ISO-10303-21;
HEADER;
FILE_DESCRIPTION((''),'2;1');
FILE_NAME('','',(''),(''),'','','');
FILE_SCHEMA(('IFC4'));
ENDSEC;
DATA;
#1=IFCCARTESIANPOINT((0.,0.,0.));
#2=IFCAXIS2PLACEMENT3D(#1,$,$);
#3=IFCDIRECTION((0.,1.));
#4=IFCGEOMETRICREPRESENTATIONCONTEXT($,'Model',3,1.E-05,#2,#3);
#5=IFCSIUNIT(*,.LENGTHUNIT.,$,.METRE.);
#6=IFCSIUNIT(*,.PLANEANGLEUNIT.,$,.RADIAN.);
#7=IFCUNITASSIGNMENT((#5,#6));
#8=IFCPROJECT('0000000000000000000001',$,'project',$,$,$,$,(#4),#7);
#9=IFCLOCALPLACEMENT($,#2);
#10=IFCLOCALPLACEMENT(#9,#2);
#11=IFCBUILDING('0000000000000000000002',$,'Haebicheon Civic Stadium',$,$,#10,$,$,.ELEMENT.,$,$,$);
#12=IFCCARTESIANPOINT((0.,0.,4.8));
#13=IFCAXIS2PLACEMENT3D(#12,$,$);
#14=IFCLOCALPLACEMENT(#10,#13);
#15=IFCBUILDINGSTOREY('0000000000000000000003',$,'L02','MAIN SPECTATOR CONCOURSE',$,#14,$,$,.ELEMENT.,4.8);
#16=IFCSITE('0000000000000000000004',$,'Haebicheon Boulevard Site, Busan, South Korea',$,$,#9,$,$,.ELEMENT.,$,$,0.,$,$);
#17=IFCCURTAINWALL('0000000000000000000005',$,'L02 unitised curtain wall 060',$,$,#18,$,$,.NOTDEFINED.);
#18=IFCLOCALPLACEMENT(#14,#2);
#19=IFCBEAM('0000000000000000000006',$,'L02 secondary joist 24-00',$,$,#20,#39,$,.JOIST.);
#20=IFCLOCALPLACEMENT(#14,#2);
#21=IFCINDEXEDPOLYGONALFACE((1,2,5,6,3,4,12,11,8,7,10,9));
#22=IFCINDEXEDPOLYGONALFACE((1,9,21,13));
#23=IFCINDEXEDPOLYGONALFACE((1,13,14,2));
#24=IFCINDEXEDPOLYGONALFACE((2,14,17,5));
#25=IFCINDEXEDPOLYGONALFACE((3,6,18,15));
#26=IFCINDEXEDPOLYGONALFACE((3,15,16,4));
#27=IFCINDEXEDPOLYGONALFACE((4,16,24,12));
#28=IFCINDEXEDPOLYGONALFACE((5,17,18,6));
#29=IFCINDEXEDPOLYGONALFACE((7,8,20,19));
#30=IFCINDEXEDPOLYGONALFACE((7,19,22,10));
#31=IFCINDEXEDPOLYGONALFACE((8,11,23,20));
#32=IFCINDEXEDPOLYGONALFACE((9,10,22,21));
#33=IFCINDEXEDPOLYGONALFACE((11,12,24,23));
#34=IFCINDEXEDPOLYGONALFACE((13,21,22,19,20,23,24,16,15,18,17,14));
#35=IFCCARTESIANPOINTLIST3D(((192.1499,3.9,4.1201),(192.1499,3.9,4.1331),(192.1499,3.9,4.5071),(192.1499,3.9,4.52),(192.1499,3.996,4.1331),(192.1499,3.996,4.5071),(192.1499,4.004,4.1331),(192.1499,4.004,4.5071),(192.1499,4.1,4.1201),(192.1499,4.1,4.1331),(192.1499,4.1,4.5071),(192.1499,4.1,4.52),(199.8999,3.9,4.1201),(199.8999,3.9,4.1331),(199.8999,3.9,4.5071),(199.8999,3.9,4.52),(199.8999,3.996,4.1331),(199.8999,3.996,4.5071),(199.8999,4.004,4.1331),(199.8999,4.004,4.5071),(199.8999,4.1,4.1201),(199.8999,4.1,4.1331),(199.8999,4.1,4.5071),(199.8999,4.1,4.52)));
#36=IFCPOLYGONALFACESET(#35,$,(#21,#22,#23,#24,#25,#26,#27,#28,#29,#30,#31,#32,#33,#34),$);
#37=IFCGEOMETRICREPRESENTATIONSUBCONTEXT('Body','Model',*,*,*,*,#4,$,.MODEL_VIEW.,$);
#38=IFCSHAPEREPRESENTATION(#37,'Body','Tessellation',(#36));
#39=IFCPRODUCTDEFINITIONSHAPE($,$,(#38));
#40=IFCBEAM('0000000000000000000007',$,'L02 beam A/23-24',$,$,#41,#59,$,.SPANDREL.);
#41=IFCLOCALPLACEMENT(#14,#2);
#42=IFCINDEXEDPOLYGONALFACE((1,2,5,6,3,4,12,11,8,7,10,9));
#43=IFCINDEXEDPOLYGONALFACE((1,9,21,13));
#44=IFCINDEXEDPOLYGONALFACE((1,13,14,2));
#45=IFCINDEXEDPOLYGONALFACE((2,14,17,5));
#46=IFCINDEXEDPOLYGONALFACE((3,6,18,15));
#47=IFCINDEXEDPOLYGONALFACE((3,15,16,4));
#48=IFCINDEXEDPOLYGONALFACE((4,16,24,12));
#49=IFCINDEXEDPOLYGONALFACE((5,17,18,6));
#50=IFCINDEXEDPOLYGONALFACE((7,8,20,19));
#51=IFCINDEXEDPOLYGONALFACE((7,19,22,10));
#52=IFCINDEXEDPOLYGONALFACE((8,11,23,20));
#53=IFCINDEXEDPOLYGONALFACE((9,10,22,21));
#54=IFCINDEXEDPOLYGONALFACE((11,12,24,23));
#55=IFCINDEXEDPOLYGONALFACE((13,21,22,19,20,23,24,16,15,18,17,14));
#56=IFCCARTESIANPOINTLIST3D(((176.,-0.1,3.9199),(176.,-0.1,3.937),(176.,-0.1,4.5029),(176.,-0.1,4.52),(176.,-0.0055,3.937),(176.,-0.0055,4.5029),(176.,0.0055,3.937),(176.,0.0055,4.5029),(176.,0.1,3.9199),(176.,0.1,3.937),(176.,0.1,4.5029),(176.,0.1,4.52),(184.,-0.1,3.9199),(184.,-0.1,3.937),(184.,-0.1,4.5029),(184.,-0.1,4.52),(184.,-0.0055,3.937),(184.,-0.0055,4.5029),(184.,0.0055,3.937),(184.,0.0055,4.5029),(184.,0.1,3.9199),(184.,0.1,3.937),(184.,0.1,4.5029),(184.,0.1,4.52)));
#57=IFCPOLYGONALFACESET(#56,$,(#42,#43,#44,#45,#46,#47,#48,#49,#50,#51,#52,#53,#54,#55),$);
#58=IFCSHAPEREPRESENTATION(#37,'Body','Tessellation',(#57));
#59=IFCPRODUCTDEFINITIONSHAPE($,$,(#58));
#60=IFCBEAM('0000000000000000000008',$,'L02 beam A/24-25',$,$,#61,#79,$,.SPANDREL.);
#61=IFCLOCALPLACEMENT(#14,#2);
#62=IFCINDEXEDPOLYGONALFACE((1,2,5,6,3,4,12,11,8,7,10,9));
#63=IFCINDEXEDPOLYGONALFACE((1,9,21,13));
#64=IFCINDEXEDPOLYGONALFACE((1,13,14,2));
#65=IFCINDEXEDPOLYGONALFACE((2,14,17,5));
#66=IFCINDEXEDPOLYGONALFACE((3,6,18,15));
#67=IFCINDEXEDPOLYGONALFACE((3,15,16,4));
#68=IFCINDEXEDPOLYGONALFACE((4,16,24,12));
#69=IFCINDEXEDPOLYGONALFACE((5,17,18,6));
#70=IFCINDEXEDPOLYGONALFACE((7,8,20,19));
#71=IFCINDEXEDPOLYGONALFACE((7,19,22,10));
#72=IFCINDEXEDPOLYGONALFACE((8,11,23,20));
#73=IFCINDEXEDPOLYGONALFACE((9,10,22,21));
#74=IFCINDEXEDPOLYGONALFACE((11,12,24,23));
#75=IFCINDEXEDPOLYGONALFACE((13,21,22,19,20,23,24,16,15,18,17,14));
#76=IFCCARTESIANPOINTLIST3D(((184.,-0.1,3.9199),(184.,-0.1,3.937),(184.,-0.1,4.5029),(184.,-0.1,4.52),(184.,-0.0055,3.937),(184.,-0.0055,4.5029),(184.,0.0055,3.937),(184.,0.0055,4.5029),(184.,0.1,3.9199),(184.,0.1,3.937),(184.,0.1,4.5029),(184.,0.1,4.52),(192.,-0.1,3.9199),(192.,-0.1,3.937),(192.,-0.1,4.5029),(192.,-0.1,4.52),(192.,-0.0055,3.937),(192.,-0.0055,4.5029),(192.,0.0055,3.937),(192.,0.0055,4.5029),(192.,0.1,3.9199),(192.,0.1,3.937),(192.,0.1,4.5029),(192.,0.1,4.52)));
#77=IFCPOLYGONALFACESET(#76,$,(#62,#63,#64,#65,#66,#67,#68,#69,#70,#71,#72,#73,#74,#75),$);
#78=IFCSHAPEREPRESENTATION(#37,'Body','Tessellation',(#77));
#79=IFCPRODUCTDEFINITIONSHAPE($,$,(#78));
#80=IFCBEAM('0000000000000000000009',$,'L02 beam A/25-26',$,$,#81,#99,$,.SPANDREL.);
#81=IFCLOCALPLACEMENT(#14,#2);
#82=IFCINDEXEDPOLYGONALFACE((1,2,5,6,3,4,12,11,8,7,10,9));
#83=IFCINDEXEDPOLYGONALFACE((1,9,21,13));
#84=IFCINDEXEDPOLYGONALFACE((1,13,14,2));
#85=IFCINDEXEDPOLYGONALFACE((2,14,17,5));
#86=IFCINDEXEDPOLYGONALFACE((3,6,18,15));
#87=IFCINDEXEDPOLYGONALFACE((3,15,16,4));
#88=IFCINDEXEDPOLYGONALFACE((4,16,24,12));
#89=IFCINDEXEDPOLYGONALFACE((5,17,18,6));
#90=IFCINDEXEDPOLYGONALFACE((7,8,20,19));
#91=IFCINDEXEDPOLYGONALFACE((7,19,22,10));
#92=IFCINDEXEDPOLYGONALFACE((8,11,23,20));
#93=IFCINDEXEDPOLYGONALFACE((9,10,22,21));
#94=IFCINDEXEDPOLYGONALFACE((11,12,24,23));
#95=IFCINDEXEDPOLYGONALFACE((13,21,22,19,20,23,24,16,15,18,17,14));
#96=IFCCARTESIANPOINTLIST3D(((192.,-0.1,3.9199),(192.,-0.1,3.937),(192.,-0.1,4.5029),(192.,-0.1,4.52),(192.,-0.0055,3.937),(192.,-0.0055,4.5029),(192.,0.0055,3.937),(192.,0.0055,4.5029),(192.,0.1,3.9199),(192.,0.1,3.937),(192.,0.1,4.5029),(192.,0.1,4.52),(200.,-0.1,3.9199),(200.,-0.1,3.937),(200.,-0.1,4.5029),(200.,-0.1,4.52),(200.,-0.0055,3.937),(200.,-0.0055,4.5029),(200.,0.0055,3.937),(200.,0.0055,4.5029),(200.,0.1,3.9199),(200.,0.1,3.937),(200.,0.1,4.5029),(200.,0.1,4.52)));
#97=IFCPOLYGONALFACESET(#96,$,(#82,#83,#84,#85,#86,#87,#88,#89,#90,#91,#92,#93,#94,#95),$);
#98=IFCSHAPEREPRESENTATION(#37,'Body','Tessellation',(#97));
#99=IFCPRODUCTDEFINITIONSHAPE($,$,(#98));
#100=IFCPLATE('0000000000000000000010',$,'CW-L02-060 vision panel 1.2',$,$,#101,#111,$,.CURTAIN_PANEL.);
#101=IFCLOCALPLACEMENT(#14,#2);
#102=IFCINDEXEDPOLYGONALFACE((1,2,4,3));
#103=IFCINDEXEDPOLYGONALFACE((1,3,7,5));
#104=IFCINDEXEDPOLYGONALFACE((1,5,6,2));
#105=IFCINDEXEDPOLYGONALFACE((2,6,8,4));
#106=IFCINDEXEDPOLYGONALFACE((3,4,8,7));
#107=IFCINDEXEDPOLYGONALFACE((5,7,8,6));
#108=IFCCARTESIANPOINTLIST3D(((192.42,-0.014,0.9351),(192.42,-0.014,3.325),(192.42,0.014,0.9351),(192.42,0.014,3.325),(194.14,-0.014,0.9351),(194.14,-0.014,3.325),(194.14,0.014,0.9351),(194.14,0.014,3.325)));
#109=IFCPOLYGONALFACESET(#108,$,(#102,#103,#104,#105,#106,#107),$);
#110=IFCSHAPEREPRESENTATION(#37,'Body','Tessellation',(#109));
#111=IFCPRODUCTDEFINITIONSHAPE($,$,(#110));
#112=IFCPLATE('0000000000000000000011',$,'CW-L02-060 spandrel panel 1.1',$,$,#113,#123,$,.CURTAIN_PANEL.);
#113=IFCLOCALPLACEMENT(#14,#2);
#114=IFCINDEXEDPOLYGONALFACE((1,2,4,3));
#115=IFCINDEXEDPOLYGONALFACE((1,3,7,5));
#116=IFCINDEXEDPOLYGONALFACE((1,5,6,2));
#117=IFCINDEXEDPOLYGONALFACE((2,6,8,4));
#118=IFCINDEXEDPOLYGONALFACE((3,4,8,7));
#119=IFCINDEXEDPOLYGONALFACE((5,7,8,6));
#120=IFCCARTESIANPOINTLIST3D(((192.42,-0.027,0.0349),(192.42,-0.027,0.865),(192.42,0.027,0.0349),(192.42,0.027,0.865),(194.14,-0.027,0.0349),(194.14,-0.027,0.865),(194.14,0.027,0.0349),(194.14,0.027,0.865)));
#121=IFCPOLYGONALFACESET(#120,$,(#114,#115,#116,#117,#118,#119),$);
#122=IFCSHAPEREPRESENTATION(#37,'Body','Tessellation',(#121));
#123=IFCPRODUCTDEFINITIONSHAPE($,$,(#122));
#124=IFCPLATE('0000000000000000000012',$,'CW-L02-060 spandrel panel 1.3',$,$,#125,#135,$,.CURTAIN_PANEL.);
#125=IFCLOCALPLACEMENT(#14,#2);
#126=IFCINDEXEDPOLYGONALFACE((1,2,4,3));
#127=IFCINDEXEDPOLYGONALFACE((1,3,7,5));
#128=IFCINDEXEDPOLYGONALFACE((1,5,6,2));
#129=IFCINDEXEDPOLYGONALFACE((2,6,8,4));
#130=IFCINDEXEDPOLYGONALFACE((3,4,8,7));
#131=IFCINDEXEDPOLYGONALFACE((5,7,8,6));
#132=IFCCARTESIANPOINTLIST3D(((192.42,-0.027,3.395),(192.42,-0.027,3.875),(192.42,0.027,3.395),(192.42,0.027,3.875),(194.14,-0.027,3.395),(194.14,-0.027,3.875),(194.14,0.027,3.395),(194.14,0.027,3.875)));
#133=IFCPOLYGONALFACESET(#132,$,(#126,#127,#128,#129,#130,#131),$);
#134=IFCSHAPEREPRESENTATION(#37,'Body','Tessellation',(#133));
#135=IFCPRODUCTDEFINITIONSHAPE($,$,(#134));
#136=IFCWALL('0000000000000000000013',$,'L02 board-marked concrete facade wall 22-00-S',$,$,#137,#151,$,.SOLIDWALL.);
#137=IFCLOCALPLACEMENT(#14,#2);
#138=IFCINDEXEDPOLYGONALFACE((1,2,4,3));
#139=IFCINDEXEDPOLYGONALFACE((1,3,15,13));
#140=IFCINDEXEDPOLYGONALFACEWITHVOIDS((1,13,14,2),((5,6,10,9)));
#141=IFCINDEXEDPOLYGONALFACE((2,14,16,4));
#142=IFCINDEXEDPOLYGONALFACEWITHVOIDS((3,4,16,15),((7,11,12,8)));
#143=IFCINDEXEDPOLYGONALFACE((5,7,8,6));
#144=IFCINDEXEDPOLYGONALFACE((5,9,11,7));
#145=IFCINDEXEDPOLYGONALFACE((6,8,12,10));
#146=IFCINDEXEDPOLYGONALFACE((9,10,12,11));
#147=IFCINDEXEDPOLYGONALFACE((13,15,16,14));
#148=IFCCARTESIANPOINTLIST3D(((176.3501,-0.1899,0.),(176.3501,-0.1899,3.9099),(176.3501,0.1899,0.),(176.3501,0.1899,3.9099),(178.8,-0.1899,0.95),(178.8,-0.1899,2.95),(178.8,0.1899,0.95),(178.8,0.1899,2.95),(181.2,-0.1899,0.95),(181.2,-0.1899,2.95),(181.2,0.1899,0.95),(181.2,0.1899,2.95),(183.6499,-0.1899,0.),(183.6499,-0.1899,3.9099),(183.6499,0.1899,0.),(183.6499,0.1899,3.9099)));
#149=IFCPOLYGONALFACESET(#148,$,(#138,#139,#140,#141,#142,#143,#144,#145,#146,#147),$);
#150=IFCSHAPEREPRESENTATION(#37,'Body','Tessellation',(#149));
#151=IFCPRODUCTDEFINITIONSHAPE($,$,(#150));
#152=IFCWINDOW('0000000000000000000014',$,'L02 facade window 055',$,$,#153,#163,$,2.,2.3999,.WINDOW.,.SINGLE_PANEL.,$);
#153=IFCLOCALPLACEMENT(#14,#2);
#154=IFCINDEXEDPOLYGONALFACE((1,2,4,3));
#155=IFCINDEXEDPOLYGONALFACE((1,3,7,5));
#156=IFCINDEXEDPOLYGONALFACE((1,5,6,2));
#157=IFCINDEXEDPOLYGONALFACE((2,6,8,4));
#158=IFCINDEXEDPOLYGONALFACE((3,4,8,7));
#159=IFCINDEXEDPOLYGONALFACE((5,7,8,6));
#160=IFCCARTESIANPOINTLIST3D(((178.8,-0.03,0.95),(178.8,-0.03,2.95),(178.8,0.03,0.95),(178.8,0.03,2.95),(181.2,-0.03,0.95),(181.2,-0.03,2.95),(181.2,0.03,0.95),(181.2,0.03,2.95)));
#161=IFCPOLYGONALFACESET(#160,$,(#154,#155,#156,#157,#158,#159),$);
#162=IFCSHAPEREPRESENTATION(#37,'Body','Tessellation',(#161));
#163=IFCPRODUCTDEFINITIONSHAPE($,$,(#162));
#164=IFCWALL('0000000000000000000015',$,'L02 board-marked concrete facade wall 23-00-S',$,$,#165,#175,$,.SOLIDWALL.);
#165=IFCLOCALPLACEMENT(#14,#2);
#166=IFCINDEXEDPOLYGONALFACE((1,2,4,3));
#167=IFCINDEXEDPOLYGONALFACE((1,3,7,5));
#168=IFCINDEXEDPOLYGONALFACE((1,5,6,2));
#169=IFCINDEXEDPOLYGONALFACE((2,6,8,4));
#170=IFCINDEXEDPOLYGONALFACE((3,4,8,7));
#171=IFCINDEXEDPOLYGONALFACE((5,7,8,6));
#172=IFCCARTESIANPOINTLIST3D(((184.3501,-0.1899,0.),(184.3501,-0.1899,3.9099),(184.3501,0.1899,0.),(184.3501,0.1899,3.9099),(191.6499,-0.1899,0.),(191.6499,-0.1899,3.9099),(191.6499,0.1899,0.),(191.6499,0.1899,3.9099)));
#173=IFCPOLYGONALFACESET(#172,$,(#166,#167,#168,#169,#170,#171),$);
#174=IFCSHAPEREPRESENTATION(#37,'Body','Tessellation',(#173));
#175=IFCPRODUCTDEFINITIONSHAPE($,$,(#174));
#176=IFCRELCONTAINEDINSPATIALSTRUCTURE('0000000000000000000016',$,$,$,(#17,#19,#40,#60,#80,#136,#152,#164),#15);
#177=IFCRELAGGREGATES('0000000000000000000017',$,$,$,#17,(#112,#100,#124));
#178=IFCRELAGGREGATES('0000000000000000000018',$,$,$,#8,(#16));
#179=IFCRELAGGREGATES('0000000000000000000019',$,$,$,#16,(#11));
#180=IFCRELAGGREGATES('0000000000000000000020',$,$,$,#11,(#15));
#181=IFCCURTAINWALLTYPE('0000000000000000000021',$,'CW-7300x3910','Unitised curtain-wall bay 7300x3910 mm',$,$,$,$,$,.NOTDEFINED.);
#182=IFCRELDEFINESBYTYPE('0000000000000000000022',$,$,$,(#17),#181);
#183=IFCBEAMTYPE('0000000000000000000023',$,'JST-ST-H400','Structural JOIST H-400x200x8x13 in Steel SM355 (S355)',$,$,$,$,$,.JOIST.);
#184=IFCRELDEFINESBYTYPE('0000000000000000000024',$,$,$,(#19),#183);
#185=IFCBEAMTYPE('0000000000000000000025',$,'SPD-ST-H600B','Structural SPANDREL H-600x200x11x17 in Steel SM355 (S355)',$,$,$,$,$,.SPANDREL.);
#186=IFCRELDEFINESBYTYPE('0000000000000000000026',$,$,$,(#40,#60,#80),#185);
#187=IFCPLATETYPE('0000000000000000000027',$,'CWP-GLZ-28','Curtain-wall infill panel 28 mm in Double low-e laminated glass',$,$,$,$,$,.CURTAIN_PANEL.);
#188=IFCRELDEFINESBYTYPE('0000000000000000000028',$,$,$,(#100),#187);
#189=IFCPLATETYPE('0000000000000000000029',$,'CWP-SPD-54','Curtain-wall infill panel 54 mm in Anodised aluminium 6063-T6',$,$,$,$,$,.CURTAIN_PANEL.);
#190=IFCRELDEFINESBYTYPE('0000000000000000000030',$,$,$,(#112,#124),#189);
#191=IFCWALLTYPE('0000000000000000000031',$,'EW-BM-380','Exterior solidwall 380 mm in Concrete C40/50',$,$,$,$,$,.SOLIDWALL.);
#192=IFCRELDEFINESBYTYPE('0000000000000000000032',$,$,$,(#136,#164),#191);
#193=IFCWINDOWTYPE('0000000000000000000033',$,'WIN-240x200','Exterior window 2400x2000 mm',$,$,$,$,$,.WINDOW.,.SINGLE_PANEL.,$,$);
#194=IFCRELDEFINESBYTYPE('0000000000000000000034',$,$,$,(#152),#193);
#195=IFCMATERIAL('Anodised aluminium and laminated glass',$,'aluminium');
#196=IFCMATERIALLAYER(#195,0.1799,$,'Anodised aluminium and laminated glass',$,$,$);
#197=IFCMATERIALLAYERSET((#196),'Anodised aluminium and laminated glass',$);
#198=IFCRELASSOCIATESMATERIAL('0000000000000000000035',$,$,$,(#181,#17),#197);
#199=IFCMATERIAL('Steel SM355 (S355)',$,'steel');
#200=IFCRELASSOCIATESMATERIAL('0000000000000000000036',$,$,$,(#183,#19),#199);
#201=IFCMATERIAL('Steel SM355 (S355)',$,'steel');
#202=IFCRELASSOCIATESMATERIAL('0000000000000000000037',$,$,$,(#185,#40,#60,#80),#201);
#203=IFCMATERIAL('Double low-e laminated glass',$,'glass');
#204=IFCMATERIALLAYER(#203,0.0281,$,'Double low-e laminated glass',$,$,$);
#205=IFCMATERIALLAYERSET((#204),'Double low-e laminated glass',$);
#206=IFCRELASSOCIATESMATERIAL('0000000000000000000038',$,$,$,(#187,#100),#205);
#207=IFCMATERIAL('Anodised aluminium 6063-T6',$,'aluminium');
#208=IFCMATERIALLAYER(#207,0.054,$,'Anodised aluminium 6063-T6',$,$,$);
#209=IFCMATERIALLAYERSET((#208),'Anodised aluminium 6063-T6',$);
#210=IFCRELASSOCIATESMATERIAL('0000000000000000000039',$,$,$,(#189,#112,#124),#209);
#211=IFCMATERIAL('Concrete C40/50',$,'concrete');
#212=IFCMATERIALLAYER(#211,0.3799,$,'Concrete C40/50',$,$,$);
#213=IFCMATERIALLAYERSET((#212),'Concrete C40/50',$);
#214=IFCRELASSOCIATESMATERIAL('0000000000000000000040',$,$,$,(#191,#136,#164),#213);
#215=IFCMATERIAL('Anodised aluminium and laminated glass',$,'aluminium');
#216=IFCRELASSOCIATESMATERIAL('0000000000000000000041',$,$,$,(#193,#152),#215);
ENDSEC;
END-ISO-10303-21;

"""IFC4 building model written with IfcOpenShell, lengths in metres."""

from ifc_helpers import new_model, si_unit, direction, frame, frame_2d, origin, origin_2d, place, context, subcontext, project, spatial, rectangle, i_section, extrude, material, layer, layer_set, material_profile, profile_set, type_object, element, fill, aggregate, save


model = new_model("IFC4")

# Units and contexts
model_context = context("Model", 3, precision=1e-05, world=origin(), true_north=direction((0.0, 1.0)))
body_context = subcontext(model_context, "Body", "Model", "MODEL_VIEW")
ifc_project = project(units=[si_unit("LENGTHUNIT", "METRE"), si_unit("PLANEANGLEUNIT", "RADIAN")], contexts=[model_context])

# Site, building, storey
site_placement = place(None, origin())
site = spatial("IfcSite", under=ifc_project, at=site_placement, Name="Haebicheon Boulevard Site, Busan, South Korea", CompositionType="ELEMENT", RefElevation=0.0)
building_placement = place(site_placement, origin())
building = spatial("IfcBuilding", under=site, at=building_placement, Name="Haebicheon Civic Stadium", CompositionType="ELEMENT")
storey_placement = place(building_placement, frame((0.0, 0.0, 4.8)))
storey = spatial("IfcBuildingStorey", under=building, at=storey_placement, Name="L02", Description="MAIN SPECTATOR CONCOURSE", CompositionType="ELEMENT", Elevation=4.8)

# Curtain wall
ifc_material_1 = material(Name="Anodised aluminium and laminated glass", Category="aluminium")
ifc_layer_1 = layer(ifc_material_1, 0.1799, Name="Anodised aluminium and laminated glass")
ifc_layer_set_1 = layer_set([ifc_layer_1], Name="Anodised aluminium and laminated glass")
curtain_wall_type = type_object("IfcCurtainWallType", Name="CW-7300x3910", Description="Unitised curtain-wall bay 7300x3910 mm", PredefinedType="NOTDEFINED", material=ifc_layer_set_1)
curtain_wall_placement = place(storey_placement, origin())
curtain_wall = element("IfcCurtainWall", 1, at=curtain_wall_placement, inside=storey, type_object=curtain_wall_type, material=ifc_layer_set_1, Name="L02 unitised curtain wall 060", PredefinedType="NOTDEFINED")

# Beams
ifc_material_2 = material(Name="Steel SM355 (S355)", Category="steel")
ifc_material_profile_1 = material_profile(ifc_material_2, i_section(OverallWidth=0.2, OverallDepth=0.3999, WebThickness=0.0081, FlangeThickness=0.0129, at=origin_2d()), Name="H-400x200x8x13")
ifc_profile_set_1 = profile_set([ifc_material_profile_1], Name="Steel SM355 (S355)")
beam_type_1 = type_object("IfcBeamType", Name="JST-ST-H400", Description="Structural JOIST H-400x200x8x13 in Steel SM355 (S355)", PredefinedType="JOIST", material=ifc_profile_set_1)
beam_1_placement = place(storey_placement, frame((192.1499, 4.0, 4.3201), z_axis=(1.0, 0.0, 0.0), x_axis=(0.0, 1.0, 0.0)))
element("IfcBeam", 2, at=beam_1_placement, inside=storey, type_object=beam_type_1, material=ifc_profile_set_1, Name="L02 secondary joist 24-00", PredefinedType="JOIST", context=body_context, shape_type="SweptSolid", body=[
    extrude(i_section(OverallWidth=0.2, OverallDepth=0.3999, WebThickness=0.0081, FlangeThickness=0.0129, at=origin_2d()), origin(), (0.0, 0.0, 1.0), 7.75),
])
ifc_material_3 = material(Name="Steel SM355 (S355)", Category="steel")
ifc_material_profile_2 = material_profile(ifc_material_3, i_section(OverallWidth=0.2, OverallDepth=0.6001, WebThickness=0.011, FlangeThickness=0.0171, at=origin_2d()), Name="H-600x200x11x17")
ifc_profile_set_2 = profile_set([ifc_material_profile_2], Name="Steel SM355 (S355)")
beam_type_2 = type_object("IfcBeamType", Name="SPD-ST-H600B", Description="Structural SPANDREL H-600x200x11x17 in Steel SM355 (S355)", PredefinedType="SPANDREL", material=ifc_profile_set_2)
for number, where, z_axis, x_axis, name in (
    (3, (176.0, 0.0, 4.22), (1.0, 0.0, 0.0), (0.0, 1.0, 0.0), "L02 beam A/23-24"),
    (4, (184.0, 0.0, 4.22), (1.0, 0.0, 0.0), (0.0, 1.0, 0.0), "L02 beam A/24-25"),
    (5, (192.0, 0.0, 4.22), (1.0, 0.0, 0.0), (0.0, 1.0, 0.0), "L02 beam A/25-26"),
):
    element("IfcBeam", number, at=place(storey_placement, frame(where, z_axis=z_axis, x_axis=x_axis)), inside=storey, type_object=beam_type_2, material=ifc_profile_set_2, Name=name, PredefinedType="SPANDREL", context=body_context, shape_type="SweptSolid", body=[
        extrude(i_section(OverallWidth=0.2, OverallDepth=0.6001, WebThickness=0.011, FlangeThickness=0.0171, at=origin_2d()), origin(), (0.0, 0.0, 1.0), 8.0),
    ])

# Plates
ifc_material_4 = material(Name="Double low-e laminated glass", Category="glass")
ifc_layer_2 = layer(ifc_material_4, 0.0281, Name="Double low-e laminated glass")
ifc_layer_set_2 = layer_set([ifc_layer_2], Name="Double low-e laminated glass")
plate_type_1 = type_object("IfcPlateType", Name="CWP-GLZ-28", Description="Curtain-wall infill panel 28 mm in Double low-e laminated glass", PredefinedType="CURTAIN_PANEL", material=ifc_layer_set_2)
plate_1_placement = place(storey_placement, frame((193.28, 0.0, 0.9351), z_axis=(0.0, 0.0, 1.0), x_axis=(1.0, 0.0, 0.0)))
plate_1 = element("IfcPlate", 6, at=plate_1_placement, type_object=plate_type_1, material=ifc_layer_set_2, Name="CW-L02-060 vision panel 1.2", PredefinedType="CURTAIN_PANEL", context=body_context, shape_type="SweptSolid", body=[
    extrude(rectangle(XDim=1.72, YDim=0.0281, at=origin_2d()), origin(), (0.0, 0.0, 1.0), 2.3899),
])
ifc_material_5 = material(Name="Anodised aluminium 6063-T6", Category="aluminium")
ifc_layer_3 = layer(ifc_material_5, 0.054, Name="Anodised aluminium 6063-T6")
ifc_layer_set_3 = layer_set([ifc_layer_3], Name="Anodised aluminium 6063-T6")
plate_type_2 = type_object("IfcPlateType", Name="CWP-SPD-54", Description="Curtain-wall infill panel 54 mm in Anodised aluminium 6063-T6", PredefinedType="CURTAIN_PANEL", material=ifc_layer_set_3)
plate_2_placement = place(storey_placement, frame((193.28, 0.0, 0.0349), z_axis=(0.0, 0.0, 1.0), x_axis=(1.0, 0.0, 0.0)))
plate_2 = element("IfcPlate", 7, at=plate_2_placement, type_object=plate_type_2, material=ifc_layer_set_3, Name="CW-L02-060 spandrel panel 1.1", PredefinedType="CURTAIN_PANEL", context=body_context, shape_type="SweptSolid", body=[
    extrude(rectangle(XDim=1.72, YDim=0.054, at=origin_2d()), origin(), (0.0, 0.0, 1.0), 0.8301),
])
plate_3_placement = place(storey_placement, frame((193.28, 0.0, 3.395), z_axis=(0.0, 0.0, 1.0), x_axis=(1.0, 0.0, 0.0)))
plate_3 = element("IfcPlate", 8, at=plate_3_placement, type_object=plate_type_2, material=ifc_layer_set_3, Name="CW-L02-060 spandrel panel 1.3", PredefinedType="CURTAIN_PANEL", context=body_context, shape_type="SweptSolid", body=[
    extrude(rectangle(XDim=1.72, YDim=0.054, at=origin_2d()), origin(), (0.0, 0.0, 1.0), 0.48),
])
aggregate(curtain_wall, [plate_2, plate_1, plate_3])

# Wall, opening, window
ifc_material_6 = material(Name="Concrete C40/50", Category="concrete")
ifc_layer_4 = layer(ifc_material_6, 0.3799, Name="Concrete C40/50")
ifc_layer_set_4 = layer_set([ifc_layer_4], Name="Concrete C40/50")
wall_type_1 = type_object("IfcWallType", Name="EW-BM-380", Description="Exterior solidwall 380 mm in Concrete C40/50", PredefinedType="SOLIDWALL", material=ifc_layer_set_4)
wall_1_placement = place(storey_placement, frame((176.3501, 0.0, 0.0), z_axis=(0.0, 0.0, 1.0), x_axis=(1.0, 0.0, 0.0)))
wall_1 = element("IfcWall", 9, at=wall_1_placement, inside=storey, type_object=wall_type_1, material=ifc_layer_set_4, Name="L02 board-marked concrete facade wall 22-00-S", PredefinedType="SOLIDWALL", context=body_context, shape_type="SweptSolid", body=[
    extrude(rectangle(XDim=7.2998, YDim=0.3799, at=frame_2d((3.6499, 0.0))), origin(), (0.0, 0.0, 1.0), 3.9099),
])
opening_1_placement = place(wall_1_placement, frame((2.45, 0.0, 0.95)))
opening_1 = element("IfcOpeningElement", 10, at=opening_1_placement, cuts=wall_1, PredefinedType="OPENING", context=body_context, shape_type="SweptSolid", body=[
    extrude(rectangle(XDim=2.3999, YDim=2.0, at=frame_2d((1.2, 1.0))), frame((0.0, 0.2, 0.0), z_axis=(0.0, -1.0, 0.0), x_axis=(1.0, 0.0, 0.0)), (0.0, 0.0, 1.0), 0.3999),
])
ifc_material_7 = material(Name="Anodised aluminium and laminated glass", Category="aluminium")
window_type = type_object("IfcWindowType", Name="WIN-240x200", Description="Exterior window 2400x2000 mm", PartitioningType="SINGLE_PANEL", PredefinedType="WINDOW", material=ifc_material_7)
window_placement = place(opening_1_placement, origin())
window = element("IfcWindow", 11, at=window_placement, inside=storey, type_object=window_type, material=ifc_material_7, Name="L02 facade window 055", OverallHeight=2.0, OverallWidth=2.3999, PartitioningType="SINGLE_PANEL", PredefinedType="WINDOW", context=body_context, shape_type="SweptSolid", body=[
    extrude(rectangle(XDim=2.3999, YDim=2.0, at=frame_2d((1.2, 1.0))), frame((0.0, 0.03, 0.0), z_axis=(0.0, -1.0, 0.0), x_axis=(1.0, 0.0, 0.0)), (0.0, 0.0, 1.0), 0.0601),
])
fill(opening_1, window)

# Wall
wall_2_placement = place(storey_placement, frame((184.3501, 0.0, 0.0), z_axis=(0.0, 0.0, 1.0), x_axis=(1.0, 0.0, 0.0)))
element("IfcWall", 12, at=wall_2_placement, inside=storey, type_object=wall_type_1, material=ifc_layer_set_4, Name="L02 board-marked concrete facade wall 23-00-S", PredefinedType="SOLIDWALL", context=body_context, shape_type="SweptSolid", body=[
    extrude(rectangle(XDim=7.2998, YDim=0.3799, at=frame_2d((3.6499, 0.0))), origin(), (0.0, 0.0, 1.0), 3.9099),
])

save(model, "model.ifc")
